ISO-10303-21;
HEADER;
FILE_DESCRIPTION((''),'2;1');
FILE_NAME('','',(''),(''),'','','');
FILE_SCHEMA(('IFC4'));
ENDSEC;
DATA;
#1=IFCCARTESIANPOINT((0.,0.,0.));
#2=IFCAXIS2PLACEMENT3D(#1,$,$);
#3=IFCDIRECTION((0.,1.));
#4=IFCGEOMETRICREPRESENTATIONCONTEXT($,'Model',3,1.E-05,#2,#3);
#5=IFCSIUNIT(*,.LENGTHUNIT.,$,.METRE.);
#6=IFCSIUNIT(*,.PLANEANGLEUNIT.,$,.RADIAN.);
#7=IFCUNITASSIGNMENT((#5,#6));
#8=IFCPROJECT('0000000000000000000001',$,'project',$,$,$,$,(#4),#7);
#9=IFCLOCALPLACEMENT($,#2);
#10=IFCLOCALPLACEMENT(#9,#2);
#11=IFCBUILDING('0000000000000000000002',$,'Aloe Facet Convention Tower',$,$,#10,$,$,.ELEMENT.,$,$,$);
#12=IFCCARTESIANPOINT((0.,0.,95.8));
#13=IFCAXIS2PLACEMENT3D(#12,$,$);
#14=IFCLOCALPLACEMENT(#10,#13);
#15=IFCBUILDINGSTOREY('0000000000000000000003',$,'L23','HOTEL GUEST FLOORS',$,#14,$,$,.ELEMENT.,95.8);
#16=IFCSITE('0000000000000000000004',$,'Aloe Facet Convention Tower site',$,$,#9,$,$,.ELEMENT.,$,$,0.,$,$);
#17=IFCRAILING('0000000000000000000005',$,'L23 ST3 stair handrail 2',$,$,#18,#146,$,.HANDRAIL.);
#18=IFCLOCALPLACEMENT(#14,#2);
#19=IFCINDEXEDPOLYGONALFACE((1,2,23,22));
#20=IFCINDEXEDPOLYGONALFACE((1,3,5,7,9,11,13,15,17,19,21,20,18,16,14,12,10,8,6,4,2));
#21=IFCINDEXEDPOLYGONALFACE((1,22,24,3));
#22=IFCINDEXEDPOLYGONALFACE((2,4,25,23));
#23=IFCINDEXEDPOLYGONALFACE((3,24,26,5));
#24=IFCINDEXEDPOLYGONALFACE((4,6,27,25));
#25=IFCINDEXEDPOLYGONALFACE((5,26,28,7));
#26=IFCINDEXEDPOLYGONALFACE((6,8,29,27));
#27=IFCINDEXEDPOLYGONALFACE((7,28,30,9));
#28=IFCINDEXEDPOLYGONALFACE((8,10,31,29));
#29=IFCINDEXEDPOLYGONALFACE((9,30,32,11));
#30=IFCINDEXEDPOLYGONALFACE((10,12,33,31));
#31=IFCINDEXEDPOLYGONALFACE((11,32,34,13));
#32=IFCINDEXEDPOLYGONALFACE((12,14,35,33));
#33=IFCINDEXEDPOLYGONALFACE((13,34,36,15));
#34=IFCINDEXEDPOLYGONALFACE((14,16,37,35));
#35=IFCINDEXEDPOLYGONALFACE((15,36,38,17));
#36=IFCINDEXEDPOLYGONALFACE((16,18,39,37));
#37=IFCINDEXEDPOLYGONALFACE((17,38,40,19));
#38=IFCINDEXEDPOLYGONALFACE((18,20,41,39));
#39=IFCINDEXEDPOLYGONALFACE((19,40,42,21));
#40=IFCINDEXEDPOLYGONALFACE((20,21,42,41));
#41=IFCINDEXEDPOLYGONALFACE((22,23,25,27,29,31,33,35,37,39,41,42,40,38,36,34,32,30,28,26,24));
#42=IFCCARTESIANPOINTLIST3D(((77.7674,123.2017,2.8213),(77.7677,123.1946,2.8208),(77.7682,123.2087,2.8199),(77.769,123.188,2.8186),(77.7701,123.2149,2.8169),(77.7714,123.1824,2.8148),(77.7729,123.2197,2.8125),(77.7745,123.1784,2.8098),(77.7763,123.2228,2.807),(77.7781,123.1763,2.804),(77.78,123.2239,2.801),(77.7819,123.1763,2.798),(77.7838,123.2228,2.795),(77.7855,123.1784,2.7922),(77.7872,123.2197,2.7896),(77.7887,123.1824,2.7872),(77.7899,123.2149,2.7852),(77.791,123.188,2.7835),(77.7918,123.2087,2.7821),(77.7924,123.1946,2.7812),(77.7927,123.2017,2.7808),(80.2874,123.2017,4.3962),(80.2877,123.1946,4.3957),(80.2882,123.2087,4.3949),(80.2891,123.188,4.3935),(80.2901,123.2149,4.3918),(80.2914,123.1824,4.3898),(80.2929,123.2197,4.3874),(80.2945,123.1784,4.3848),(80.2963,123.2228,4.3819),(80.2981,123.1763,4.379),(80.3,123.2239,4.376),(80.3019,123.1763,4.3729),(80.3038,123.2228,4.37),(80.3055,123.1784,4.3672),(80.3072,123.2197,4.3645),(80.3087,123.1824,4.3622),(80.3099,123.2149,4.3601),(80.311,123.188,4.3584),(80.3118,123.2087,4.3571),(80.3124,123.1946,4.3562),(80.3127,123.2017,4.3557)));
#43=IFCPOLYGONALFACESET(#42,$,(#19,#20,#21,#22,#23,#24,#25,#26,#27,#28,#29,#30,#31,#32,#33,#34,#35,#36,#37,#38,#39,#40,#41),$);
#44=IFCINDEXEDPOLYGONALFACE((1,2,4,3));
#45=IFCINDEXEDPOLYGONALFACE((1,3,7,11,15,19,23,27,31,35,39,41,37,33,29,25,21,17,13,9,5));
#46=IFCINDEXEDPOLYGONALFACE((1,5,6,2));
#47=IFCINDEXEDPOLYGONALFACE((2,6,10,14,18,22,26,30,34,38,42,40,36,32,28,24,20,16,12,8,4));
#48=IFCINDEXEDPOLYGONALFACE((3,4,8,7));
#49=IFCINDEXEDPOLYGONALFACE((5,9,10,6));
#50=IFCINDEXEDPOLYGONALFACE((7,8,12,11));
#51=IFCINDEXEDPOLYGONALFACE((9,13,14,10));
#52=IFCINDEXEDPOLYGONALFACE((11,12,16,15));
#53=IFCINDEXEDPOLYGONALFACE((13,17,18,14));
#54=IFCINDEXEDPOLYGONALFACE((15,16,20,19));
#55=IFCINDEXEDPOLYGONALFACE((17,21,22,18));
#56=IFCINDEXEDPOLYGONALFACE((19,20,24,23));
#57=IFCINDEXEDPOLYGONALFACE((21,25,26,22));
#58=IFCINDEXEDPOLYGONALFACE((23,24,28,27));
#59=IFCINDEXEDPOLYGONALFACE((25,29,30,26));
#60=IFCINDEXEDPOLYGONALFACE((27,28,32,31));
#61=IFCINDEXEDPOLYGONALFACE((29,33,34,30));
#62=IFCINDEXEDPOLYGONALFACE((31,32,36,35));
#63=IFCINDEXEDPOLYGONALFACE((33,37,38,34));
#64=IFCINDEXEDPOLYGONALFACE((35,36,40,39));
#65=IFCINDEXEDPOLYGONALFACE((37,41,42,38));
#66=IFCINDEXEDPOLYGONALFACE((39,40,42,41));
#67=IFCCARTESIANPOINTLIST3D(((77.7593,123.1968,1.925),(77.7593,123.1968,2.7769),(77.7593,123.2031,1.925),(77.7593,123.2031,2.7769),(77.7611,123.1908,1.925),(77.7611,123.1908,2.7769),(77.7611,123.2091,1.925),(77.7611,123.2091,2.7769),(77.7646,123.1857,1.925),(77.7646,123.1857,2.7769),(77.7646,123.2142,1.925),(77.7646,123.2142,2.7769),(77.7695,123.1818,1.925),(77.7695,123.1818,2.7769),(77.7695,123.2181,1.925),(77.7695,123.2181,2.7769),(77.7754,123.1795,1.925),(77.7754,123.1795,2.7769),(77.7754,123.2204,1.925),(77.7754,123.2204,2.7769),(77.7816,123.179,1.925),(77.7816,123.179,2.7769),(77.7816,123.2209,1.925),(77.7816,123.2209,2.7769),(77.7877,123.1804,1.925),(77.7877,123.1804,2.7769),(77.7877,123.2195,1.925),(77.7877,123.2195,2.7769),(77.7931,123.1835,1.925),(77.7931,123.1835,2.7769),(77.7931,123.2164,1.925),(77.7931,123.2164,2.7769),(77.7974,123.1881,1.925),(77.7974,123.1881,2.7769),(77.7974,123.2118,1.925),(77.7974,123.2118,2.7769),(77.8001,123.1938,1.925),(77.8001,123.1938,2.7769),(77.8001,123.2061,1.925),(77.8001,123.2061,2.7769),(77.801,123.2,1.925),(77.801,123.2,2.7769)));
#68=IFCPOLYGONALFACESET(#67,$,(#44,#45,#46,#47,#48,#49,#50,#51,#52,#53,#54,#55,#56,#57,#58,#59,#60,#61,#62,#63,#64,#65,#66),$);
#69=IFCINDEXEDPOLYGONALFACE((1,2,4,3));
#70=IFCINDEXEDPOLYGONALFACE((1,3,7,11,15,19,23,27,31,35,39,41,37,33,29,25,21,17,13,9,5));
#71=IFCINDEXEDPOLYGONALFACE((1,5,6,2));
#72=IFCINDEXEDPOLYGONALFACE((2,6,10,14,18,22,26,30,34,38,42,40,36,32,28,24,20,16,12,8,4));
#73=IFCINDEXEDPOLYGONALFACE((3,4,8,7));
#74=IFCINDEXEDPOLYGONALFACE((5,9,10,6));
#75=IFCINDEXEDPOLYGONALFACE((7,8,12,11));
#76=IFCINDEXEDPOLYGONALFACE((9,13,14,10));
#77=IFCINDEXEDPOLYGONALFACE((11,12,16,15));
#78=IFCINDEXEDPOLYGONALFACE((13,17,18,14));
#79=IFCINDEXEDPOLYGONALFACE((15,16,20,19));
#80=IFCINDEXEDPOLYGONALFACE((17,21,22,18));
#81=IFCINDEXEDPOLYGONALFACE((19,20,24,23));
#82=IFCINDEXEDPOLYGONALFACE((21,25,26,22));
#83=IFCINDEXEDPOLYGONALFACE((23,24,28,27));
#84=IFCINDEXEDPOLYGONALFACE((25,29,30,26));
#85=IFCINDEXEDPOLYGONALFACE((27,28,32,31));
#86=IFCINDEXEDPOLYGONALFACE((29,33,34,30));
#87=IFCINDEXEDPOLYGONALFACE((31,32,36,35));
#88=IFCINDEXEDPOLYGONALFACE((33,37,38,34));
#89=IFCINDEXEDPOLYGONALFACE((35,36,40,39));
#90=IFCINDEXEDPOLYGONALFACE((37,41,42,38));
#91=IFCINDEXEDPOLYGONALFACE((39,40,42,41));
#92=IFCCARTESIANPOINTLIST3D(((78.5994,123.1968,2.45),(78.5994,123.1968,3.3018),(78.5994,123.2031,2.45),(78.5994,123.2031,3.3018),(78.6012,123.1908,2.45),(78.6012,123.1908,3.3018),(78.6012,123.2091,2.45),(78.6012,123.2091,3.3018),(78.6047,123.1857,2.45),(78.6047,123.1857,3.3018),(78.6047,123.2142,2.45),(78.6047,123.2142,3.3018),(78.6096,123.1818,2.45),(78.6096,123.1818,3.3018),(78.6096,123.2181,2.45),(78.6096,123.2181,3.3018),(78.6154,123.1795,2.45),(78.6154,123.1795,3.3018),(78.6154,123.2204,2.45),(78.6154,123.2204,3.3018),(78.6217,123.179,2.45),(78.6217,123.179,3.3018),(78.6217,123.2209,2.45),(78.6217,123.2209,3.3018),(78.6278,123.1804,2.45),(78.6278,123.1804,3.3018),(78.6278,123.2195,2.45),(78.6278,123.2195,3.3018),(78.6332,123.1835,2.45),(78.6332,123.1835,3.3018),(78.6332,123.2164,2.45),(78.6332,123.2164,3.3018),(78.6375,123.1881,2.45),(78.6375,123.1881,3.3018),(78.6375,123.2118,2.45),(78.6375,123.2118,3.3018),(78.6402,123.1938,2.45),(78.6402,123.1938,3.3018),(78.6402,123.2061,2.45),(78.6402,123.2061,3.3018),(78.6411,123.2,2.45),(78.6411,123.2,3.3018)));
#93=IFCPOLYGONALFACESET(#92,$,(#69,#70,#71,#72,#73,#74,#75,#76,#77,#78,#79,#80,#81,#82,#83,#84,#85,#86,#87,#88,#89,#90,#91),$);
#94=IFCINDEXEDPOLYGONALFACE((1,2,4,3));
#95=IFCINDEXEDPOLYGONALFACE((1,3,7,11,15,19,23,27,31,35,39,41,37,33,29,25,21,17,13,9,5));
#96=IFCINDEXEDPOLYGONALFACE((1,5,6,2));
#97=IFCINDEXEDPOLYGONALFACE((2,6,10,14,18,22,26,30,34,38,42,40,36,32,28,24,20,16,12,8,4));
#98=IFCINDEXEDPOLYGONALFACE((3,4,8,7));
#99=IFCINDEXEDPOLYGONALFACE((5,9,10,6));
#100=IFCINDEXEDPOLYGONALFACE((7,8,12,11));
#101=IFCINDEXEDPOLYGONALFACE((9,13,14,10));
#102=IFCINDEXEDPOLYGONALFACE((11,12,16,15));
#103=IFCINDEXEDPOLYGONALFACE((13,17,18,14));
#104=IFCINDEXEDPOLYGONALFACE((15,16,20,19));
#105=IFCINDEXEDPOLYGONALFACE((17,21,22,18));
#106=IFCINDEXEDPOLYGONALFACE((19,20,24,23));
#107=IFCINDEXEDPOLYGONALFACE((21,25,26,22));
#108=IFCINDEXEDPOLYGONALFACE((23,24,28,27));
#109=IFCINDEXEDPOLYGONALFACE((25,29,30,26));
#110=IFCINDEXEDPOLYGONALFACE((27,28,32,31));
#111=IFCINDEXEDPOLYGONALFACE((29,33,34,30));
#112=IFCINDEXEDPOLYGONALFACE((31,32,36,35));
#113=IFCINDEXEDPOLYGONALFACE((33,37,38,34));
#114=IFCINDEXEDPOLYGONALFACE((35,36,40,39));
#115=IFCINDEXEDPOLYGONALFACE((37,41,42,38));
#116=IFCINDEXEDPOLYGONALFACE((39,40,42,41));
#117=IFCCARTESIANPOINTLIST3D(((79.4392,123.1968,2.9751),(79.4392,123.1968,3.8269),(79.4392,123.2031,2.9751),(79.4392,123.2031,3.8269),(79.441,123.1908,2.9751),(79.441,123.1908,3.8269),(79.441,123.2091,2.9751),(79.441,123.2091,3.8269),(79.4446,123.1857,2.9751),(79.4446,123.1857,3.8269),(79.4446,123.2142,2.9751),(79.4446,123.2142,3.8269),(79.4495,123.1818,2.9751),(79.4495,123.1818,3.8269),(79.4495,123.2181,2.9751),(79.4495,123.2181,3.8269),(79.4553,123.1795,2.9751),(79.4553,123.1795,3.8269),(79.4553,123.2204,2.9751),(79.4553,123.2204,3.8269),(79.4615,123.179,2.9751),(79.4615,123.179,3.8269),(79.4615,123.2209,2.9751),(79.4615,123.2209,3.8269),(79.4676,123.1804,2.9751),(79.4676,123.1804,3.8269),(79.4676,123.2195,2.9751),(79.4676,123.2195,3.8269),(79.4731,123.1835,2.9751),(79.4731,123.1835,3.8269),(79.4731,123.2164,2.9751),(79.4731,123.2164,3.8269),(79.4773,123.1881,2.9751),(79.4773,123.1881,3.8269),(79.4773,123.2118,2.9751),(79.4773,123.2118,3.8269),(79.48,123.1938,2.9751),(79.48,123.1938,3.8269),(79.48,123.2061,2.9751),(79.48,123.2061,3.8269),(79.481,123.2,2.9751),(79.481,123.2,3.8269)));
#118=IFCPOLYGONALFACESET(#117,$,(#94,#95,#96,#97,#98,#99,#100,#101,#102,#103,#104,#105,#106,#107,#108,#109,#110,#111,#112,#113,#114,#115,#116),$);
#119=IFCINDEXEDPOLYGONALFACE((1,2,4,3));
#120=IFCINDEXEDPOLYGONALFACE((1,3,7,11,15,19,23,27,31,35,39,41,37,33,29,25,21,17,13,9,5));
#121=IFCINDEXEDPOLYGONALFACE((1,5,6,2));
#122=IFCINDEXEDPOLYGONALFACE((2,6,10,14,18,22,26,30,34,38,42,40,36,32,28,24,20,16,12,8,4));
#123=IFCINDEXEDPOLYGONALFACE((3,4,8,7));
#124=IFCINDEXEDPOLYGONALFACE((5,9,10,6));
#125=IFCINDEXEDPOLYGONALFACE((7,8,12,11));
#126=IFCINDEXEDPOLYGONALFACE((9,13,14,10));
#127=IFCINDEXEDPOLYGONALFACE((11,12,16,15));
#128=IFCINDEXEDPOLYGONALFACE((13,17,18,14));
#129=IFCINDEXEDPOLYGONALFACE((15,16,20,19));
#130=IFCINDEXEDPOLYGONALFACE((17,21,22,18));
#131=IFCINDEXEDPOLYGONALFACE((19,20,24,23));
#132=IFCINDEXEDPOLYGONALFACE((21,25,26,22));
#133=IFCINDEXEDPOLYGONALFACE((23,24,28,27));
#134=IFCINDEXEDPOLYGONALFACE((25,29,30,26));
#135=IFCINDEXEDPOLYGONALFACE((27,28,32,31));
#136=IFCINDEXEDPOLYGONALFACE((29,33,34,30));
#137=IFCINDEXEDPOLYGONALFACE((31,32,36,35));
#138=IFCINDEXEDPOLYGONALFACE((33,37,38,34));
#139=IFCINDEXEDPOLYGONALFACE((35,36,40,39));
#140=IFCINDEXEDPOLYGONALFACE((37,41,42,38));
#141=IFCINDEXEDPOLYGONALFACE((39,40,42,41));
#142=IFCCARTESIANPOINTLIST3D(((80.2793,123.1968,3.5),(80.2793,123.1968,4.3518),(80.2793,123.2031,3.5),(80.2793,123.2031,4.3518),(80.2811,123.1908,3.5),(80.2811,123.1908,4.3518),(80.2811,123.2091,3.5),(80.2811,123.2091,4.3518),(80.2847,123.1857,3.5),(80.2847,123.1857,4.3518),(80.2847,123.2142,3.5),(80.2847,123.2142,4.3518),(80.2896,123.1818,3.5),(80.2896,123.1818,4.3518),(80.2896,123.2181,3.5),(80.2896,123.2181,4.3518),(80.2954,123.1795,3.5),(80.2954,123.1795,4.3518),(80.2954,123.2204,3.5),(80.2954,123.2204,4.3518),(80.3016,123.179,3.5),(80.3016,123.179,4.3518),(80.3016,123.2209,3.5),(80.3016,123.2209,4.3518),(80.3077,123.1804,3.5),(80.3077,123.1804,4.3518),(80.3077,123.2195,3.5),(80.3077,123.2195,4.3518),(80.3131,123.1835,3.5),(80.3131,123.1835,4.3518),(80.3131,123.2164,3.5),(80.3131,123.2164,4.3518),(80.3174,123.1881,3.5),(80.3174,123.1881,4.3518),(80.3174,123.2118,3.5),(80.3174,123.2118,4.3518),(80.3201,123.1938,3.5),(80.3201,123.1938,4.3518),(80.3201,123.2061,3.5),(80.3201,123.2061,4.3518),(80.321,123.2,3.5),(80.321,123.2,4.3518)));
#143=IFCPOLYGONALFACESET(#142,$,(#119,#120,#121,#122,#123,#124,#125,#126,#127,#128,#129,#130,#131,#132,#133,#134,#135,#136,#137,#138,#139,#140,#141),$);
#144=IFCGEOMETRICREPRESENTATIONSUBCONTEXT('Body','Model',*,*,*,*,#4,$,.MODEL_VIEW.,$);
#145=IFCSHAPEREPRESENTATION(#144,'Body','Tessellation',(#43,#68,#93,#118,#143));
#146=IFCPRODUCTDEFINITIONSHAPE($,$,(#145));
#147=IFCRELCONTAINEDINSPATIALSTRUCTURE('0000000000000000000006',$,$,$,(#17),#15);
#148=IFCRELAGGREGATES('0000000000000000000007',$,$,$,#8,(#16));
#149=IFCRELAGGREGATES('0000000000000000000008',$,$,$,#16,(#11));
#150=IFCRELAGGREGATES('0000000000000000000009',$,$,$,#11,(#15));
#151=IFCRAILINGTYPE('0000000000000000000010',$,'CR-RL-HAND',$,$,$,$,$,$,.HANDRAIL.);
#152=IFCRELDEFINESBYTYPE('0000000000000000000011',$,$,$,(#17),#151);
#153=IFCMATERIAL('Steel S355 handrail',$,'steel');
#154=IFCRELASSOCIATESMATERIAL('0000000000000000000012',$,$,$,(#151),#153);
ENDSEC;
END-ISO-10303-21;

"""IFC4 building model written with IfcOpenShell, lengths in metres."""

from ifc_helpers import new_model, si_unit, direction, frame, origin, origin_2d, place, context, subcontext, project, spatial, circle, extrude, material, type_object, element, save


model = new_model("IFC4")

# Units and contexts
model_context = context("Model", 3, precision=1e-05, world=origin(), true_north=direction((0.0, 1.0)))
body_context = subcontext(model_context, "Body", "Model", "MODEL_VIEW")
ifc_project = project(units=[si_unit("LENGTHUNIT", "METRE"), si_unit("PLANEANGLEUNIT", "RADIAN")], contexts=[model_context])

# Site, building, storey
site_placement = place(None, origin())
site = spatial("IfcSite", under=ifc_project, at=site_placement, Name="Aloe Facet Convention Tower site", CompositionType="ELEMENT", RefElevation=0.0)
building_placement = place(site_placement, origin())
building = spatial("IfcBuilding", under=site, at=building_placement, Name="Aloe Facet Convention Tower", CompositionType="ELEMENT")
storey_placement = place(building_placement, frame((0.0, 0.0, 95.8)))
storey = spatial("IfcBuildingStorey", under=building, at=storey_placement, Name="L23", Description="HOTEL GUEST FLOORS", CompositionType="ELEMENT", Elevation=95.8)

# Railing
ifc_material_1 = material(Name="Steel S355 handrail", Category="steel")
railing_type_1 = type_object("IfcRailingType", Name="CR-RL-HAND", PredefinedType="HANDRAIL", material=ifc_material_1)
railing_1_placement = place(storey_placement, frame((77.78, 123.2, 1.925)))
element("IfcRailing", 1, at=railing_1_placement, inside=storey, type_object=railing_type_1, Name="L23 ST3 stair handrail 2", PredefinedType="HANDRAIL", context=body_context, shape_type="SweptSolid", body=[
    extrude(circle(Radius=0.0239, at=origin_2d()), frame((0.0, 0.0, 0.876), z_axis=(0.848008, 0.0, 0.529984), x_axis=(0.0, 1.0, 0.0)), (0.0, 0.0, 1.0), 2.9717),
    extrude(circle(Radius=0.021, at=origin_2d()), origin(), (0.0, 0.0, 1.0), 0.8518),
    extrude(circle(Radius=0.021, at=origin_2d()), frame((0.8401, 0.0, 0.5249)), (0.0, 0.0, 1.0), 0.8518),
    extrude(circle(Radius=0.021, at=origin_2d()), frame((1.6799, 0.0, 1.05)), (0.0, 0.0, 1.0), 0.8518),
    extrude(circle(Radius=0.021, at=origin_2d()), frame((2.52, 0.0, 1.575)), (0.0, 0.0, 1.0), 0.8518),
])

save(model, "model.ifc")
